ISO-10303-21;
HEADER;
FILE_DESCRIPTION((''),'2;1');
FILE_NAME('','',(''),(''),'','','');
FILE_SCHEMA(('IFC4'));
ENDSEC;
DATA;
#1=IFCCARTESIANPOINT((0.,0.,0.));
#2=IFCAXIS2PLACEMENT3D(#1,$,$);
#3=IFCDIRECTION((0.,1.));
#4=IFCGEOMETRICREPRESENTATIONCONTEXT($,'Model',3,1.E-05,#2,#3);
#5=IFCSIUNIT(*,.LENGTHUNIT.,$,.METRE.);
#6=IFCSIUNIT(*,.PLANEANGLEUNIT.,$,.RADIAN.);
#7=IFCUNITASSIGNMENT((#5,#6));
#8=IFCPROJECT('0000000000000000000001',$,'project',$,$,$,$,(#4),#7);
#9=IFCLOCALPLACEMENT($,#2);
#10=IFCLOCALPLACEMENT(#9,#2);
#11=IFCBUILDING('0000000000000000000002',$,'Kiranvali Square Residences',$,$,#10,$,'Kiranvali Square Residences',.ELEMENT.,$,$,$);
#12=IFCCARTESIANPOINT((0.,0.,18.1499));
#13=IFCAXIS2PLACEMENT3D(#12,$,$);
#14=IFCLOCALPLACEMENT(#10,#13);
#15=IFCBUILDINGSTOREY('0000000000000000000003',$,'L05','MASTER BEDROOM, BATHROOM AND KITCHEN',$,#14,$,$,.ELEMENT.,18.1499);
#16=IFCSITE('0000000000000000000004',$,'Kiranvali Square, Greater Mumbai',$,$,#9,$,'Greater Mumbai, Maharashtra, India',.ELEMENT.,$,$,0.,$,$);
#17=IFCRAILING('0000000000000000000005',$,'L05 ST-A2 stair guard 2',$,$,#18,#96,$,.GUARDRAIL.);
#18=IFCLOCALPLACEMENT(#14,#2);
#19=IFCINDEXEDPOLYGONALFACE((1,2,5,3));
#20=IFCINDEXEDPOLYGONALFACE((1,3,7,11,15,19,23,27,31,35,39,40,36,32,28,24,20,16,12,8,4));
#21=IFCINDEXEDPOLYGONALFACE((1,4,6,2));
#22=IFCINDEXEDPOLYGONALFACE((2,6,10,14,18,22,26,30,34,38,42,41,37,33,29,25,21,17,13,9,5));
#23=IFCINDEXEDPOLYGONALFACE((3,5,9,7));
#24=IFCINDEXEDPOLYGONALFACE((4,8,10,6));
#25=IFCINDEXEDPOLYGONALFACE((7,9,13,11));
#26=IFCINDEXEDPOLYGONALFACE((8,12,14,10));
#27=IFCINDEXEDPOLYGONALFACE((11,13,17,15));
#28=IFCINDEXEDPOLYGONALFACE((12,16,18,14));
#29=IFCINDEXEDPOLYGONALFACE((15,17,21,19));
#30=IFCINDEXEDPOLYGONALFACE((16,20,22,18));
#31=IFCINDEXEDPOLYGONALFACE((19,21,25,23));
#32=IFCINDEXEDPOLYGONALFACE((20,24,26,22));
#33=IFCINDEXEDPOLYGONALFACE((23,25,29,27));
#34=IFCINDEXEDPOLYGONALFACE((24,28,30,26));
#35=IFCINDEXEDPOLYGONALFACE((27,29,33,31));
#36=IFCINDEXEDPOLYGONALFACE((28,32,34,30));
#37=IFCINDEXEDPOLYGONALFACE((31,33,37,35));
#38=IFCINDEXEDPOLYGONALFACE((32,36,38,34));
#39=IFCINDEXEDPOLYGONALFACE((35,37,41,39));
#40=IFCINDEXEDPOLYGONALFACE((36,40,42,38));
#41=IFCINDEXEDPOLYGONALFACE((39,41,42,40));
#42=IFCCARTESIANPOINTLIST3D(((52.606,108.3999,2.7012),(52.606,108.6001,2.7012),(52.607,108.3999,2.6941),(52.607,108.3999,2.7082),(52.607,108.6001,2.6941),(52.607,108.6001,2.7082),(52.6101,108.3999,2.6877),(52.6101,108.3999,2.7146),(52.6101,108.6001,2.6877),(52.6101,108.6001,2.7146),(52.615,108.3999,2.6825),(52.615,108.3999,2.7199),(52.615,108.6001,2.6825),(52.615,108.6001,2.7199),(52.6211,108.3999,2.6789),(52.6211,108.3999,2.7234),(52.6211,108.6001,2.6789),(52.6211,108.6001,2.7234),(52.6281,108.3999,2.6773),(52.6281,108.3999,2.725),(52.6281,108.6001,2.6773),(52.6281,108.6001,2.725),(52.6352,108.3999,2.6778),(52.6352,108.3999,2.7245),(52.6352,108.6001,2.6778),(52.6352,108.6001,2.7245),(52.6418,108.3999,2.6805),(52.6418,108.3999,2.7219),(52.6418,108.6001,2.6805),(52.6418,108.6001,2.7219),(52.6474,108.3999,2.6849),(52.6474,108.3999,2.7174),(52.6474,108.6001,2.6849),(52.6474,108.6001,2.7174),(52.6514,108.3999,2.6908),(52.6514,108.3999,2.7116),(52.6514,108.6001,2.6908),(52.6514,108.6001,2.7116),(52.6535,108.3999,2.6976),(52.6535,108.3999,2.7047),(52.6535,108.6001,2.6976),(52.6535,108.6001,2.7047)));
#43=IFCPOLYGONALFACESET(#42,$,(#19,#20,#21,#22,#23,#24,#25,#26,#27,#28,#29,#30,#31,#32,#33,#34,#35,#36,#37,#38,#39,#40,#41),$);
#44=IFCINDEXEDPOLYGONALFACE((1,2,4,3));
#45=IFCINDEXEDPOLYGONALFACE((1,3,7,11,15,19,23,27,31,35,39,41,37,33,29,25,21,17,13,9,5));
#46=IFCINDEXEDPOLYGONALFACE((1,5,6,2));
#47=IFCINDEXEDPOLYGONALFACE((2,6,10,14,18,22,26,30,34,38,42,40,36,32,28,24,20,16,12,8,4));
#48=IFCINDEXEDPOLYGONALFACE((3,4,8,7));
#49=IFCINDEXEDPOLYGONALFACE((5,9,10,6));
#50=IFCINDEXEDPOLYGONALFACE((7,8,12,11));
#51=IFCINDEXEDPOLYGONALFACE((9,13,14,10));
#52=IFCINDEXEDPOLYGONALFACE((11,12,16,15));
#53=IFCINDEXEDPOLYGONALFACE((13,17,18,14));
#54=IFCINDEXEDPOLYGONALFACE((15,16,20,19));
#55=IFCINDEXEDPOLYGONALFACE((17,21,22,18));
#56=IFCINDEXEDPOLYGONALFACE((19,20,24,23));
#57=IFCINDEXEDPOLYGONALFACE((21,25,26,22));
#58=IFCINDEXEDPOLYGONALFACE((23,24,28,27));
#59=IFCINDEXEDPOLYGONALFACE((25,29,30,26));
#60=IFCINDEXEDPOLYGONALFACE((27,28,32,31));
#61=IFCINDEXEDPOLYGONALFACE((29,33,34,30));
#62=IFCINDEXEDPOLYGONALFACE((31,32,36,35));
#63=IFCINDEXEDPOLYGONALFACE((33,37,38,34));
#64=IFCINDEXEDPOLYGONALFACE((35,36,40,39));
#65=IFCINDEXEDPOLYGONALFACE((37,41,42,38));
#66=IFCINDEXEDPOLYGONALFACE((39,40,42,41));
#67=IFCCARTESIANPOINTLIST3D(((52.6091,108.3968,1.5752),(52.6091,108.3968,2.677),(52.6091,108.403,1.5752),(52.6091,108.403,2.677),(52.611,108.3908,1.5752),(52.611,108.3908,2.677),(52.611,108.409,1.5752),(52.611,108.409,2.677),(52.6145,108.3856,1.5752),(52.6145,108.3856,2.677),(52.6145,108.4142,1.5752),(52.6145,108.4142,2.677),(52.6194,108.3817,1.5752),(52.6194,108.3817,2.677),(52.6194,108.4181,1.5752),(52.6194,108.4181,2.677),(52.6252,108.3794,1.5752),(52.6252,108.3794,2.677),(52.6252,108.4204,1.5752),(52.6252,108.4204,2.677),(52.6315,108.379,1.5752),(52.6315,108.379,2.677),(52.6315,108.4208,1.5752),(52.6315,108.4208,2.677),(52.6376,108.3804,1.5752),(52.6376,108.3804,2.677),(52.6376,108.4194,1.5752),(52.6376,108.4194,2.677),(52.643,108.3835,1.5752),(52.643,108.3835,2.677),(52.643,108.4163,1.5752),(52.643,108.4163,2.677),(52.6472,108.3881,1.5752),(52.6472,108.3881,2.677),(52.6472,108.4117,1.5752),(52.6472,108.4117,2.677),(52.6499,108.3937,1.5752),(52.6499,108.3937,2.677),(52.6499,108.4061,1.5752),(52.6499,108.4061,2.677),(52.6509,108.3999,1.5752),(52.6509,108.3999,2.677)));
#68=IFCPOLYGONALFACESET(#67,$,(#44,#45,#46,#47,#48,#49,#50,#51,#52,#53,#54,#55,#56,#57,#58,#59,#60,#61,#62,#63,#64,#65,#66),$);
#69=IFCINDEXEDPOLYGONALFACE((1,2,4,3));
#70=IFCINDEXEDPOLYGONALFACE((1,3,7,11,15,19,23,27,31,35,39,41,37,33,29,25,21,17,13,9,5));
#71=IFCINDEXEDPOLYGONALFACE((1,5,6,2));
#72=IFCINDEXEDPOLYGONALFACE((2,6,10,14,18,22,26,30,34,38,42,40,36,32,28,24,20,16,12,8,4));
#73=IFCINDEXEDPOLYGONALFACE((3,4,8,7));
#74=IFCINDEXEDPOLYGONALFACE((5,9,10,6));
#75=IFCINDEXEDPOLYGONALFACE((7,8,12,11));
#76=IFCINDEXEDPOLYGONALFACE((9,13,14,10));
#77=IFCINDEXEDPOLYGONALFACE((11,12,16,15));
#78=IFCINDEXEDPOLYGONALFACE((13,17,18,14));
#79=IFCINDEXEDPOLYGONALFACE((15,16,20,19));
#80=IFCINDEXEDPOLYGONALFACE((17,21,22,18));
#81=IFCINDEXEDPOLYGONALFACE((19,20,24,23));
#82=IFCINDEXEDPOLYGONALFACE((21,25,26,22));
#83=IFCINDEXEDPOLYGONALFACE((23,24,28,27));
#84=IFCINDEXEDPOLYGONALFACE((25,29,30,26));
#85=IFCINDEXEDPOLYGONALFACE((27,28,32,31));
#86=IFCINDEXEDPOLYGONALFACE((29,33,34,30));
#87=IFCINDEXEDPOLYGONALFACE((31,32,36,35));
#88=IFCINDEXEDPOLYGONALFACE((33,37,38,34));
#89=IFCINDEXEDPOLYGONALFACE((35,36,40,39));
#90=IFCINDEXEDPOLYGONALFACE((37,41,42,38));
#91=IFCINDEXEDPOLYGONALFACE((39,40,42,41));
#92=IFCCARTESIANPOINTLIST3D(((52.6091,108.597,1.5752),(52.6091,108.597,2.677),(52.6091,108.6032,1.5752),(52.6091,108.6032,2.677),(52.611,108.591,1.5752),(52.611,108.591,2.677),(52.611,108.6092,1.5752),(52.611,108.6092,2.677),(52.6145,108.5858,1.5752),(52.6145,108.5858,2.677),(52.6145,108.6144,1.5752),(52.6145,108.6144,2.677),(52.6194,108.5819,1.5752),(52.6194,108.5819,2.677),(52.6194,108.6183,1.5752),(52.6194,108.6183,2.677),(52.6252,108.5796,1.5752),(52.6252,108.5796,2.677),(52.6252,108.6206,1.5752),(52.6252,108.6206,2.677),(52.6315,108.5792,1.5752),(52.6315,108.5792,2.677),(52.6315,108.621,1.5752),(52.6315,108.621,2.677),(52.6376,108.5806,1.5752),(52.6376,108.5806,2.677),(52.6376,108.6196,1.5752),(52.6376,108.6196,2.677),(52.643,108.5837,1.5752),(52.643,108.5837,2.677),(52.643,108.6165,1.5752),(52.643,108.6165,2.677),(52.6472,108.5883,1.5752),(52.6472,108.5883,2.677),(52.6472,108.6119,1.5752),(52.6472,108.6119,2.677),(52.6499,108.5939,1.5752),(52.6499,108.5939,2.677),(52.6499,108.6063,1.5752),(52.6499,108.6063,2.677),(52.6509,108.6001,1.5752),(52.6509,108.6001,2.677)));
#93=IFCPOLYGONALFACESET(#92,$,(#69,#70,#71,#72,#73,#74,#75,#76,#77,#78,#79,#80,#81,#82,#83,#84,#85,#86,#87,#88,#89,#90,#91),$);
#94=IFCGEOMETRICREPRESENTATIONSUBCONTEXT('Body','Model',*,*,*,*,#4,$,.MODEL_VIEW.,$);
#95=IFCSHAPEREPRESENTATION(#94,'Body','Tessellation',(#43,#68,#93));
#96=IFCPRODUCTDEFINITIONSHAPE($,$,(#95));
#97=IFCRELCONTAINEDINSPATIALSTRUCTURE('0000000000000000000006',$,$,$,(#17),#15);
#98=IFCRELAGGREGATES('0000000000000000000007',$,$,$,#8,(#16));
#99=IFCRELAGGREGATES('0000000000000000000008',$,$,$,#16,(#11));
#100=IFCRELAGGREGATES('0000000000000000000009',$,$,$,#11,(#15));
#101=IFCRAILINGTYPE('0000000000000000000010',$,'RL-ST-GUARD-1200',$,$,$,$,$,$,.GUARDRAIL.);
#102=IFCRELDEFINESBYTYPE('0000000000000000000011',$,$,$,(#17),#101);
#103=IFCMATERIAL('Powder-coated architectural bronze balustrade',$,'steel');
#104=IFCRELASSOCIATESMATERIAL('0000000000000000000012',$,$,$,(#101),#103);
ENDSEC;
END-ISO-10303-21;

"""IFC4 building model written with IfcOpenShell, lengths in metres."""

from ifc_helpers import new_model, si_unit, direction, frame, origin, origin_2d, place, context, subcontext, project, spatial, circle, extrude, material, type_object, element, save


model = new_model("IFC4")

# Units and contexts
model_context = context("Model", 3, precision=1e-05, world=origin(), true_north=direction((0.0, 1.0)))
body_context = subcontext(model_context, "Body", "Model", "MODEL_VIEW")
ifc_project = project(units=[si_unit("LENGTHUNIT", "METRE"), si_unit("PLANEANGLEUNIT", "RADIAN")], contexts=[model_context])

# Site, building, storey
site_placement = place(None, origin())
site = spatial("IfcSite", under=ifc_project, at=site_placement, Name="Kiranvali Square, Greater Mumbai", LongName="Greater Mumbai, Maharashtra, India", CompositionType="ELEMENT", RefElevation=0.0)
building_placement = place(site_placement, origin())
building = spatial("IfcBuilding", under=site, at=building_placement, Name="Kiranvali Square Residences", LongName="Kiranvali Square Residences", CompositionType="ELEMENT")
storey_placement = place(building_placement, frame((0.0, 0.0, 18.1499)))
storey = spatial("IfcBuildingStorey", under=building, at=storey_placement, Name="L05", Description="MASTER BEDROOM, BATHROOM AND KITCHEN", CompositionType="ELEMENT", Elevation=18.1499)

# Railing
ifc_material_1 = material(Name="Powder-coated architectural bronze balustrade", Category="steel")
railing_type_1 = type_object("IfcRailingType", Name="RL-ST-GUARD-1200", PredefinedType="GUARDRAIL", material=ifc_material_1)
railing_1_placement = place(storey_placement, frame((52.6299, 108.3999, 1.5752)))
element("IfcRailing", 1, at=railing_1_placement, inside=storey, type_object=railing_type_1, Name="L05 ST-A2 stair guard 2", PredefinedType="GUARDRAIL", context=body_context, shape_type="SweptSolid", body=[
    extrude(circle(Radius=0.0239, at=origin_2d()), frame((0.0, 0.0, 1.126), z_axis=(0.0, 1.0, 0.0), x_axis=(-1.0, 0.0, 0.0)), (0.0, 0.0, 1.0), 0.2002),
    extrude(circle(Radius=0.021, at=origin_2d()), origin(), (0.0, 0.0, 1.0), 1.1018),
    extrude(circle(Radius=0.021, at=origin_2d()), frame((0.0, 0.2002, 0.0)), (0.0, 0.0, 1.0), 1.1018),
])

save(model, "model.ifc")
